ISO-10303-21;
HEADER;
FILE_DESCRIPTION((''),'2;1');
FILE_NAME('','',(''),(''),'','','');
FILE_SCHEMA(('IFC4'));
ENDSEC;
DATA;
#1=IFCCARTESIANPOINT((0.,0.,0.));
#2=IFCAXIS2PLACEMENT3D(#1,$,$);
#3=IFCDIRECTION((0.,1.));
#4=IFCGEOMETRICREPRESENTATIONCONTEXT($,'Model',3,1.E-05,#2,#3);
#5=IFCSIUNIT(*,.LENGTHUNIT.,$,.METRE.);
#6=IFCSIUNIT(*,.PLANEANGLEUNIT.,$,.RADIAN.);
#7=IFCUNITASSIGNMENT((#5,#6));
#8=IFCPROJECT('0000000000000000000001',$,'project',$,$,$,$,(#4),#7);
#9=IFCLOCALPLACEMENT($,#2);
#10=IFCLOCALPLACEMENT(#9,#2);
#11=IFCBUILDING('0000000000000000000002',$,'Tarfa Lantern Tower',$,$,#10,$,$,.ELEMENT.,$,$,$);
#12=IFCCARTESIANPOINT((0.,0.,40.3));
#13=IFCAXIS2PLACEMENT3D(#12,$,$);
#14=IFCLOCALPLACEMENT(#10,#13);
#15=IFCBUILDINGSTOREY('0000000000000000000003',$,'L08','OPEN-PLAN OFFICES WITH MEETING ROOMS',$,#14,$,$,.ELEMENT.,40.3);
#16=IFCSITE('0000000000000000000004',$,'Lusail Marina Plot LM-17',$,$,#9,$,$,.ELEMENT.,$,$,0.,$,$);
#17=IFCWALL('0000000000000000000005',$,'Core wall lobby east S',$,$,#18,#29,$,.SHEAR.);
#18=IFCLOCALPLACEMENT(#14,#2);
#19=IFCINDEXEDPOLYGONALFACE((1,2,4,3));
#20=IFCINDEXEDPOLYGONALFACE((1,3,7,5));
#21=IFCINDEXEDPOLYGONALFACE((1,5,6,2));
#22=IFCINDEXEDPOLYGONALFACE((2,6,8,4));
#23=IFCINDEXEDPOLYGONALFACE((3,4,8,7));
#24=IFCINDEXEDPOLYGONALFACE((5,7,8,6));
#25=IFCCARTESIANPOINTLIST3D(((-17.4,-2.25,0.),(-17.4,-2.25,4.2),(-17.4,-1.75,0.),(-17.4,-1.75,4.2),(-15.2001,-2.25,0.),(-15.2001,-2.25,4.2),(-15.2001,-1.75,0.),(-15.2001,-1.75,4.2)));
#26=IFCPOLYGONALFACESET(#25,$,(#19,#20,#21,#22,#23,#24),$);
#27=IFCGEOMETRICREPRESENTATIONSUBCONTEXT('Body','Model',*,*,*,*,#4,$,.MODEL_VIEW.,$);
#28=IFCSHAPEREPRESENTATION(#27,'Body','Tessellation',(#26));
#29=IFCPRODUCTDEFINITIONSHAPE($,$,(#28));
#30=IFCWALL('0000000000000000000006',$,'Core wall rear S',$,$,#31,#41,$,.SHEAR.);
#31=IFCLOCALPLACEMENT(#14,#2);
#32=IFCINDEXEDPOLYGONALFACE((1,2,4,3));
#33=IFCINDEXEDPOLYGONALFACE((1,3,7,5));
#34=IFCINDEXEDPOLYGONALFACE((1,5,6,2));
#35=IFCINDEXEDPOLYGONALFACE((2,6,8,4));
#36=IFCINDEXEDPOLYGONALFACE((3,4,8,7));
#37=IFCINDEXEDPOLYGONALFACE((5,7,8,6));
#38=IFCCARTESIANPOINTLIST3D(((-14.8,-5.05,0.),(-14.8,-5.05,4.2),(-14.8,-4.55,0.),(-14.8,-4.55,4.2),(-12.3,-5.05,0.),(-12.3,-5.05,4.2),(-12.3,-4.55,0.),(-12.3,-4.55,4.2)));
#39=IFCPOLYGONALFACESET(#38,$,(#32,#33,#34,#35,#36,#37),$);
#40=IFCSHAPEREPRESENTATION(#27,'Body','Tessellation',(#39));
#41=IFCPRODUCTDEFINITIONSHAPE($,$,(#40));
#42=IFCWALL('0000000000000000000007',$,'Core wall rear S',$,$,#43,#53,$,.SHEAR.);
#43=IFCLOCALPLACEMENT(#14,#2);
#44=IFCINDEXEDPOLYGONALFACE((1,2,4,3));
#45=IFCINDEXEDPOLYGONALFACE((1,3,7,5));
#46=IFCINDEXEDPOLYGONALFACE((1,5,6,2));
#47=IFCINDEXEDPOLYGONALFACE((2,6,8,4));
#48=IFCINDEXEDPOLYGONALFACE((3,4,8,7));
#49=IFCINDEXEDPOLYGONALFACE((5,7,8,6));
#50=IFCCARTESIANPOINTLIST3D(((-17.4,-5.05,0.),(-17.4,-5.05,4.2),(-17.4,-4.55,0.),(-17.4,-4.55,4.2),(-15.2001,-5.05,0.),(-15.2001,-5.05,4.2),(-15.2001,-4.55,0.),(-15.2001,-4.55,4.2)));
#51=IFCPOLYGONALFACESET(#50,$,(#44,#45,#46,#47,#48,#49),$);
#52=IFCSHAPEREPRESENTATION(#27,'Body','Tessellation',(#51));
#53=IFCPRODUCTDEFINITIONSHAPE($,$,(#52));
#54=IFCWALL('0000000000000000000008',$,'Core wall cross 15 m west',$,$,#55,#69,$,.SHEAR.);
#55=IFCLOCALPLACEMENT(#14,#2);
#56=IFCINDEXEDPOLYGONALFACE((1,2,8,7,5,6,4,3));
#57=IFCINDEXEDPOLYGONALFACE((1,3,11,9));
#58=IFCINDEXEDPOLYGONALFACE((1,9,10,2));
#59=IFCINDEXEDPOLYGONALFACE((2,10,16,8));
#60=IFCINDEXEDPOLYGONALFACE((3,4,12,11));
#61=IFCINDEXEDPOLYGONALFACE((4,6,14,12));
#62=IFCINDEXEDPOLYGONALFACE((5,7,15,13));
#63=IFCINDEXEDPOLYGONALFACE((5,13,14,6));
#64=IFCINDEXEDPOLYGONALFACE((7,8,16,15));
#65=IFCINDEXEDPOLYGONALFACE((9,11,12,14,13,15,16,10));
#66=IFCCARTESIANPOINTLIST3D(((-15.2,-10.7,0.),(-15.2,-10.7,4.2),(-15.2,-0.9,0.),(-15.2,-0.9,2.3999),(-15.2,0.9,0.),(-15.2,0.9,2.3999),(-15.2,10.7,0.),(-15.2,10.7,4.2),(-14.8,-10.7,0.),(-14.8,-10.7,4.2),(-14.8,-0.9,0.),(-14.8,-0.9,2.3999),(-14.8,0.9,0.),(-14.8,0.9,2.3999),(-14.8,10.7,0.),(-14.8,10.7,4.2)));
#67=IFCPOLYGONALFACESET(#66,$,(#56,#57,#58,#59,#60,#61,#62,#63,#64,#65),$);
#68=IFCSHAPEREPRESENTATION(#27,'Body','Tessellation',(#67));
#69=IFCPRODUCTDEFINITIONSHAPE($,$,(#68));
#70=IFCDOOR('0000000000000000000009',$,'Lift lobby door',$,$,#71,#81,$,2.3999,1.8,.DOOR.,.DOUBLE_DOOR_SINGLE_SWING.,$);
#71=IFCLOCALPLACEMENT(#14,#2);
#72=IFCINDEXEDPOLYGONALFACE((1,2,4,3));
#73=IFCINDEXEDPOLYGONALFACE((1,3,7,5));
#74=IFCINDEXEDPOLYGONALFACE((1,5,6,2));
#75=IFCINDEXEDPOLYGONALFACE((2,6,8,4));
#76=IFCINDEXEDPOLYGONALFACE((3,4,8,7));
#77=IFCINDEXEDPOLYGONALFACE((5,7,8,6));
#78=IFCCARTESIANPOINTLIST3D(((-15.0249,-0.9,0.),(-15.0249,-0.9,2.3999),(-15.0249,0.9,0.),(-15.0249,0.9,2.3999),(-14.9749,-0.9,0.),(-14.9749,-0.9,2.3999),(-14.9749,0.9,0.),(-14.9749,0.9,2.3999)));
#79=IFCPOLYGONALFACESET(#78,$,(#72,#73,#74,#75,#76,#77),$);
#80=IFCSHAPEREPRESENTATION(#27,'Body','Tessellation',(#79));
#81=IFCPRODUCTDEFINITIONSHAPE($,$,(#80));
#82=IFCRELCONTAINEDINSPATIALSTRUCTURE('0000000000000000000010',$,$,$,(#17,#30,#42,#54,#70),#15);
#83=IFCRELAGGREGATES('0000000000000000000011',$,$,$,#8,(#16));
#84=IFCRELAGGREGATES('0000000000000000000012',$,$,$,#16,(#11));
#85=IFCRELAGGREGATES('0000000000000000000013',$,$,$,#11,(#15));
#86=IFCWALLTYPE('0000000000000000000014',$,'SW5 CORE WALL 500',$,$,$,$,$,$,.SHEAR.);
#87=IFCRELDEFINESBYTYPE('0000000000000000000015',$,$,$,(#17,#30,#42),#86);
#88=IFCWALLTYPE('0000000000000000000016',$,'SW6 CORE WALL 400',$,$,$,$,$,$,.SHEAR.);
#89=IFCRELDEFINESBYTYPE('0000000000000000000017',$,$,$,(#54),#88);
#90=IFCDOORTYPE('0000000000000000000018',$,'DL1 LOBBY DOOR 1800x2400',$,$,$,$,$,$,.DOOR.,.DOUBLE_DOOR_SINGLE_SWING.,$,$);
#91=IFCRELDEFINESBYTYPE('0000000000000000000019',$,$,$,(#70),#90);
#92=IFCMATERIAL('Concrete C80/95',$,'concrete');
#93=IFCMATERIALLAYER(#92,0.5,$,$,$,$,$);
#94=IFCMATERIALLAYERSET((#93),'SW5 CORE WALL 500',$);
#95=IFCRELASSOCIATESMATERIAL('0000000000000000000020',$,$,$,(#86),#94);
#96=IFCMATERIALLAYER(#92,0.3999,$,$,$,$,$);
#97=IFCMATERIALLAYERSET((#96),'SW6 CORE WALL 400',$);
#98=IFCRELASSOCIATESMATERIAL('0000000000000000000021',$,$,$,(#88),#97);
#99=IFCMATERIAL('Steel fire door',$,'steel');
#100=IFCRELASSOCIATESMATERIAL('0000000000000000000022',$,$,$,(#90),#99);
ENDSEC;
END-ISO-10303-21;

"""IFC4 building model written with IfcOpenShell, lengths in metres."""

from ifc_helpers import new_model, si_unit, direction, frame, frame_2d, origin, place, context, subcontext, project, spatial, rectangle, extrude, material, layer, layer_set, type_object, element, fill, save


model = new_model("IFC4")

# Units and contexts
model_context = context("Model", 3, precision=1e-05, world=origin(), true_north=direction((0.0, 1.0)))
body_context = subcontext(model_context, "Body", "Model", "MODEL_VIEW")
ifc_project = project(units=[si_unit("LENGTHUNIT", "METRE"), si_unit("PLANEANGLEUNIT", "RADIAN")], contexts=[model_context])

# Site, building, storey
site_placement = place(None, origin())
site = spatial("IfcSite", under=ifc_project, at=site_placement, Name="Lusail Marina Plot LM-17", CompositionType="ELEMENT", RefElevation=0.0)
building_placement = place(site_placement, origin())
building = spatial("IfcBuilding", under=site, at=building_placement, Name="Tarfa Lantern Tower", CompositionType="ELEMENT")
storey_placement = place(building_placement, frame((0.0, 0.0, 40.3)))
storey = spatial("IfcBuildingStorey", under=building, at=storey_placement, Name="L08", Description="OPEN-PLAN OFFICES WITH MEETING ROOMS", CompositionType="ELEMENT", Elevation=40.3)

# Walls
ifc_material_1 = material(Name="Concrete C80/95", Category="concrete")
ifc_layer_1 = layer(ifc_material_1, 0.5)
ifc_layer_set_1 = layer_set([ifc_layer_1], Name="SW5 CORE WALL 500")
wall_type_1 = type_object("IfcWallType", Name="SW5 CORE WALL 500", PredefinedType="SHEAR", material=ifc_layer_set_1)
wall_1_placement = place(storey_placement, frame((-15.2, -2.0, 0.0), z_axis=(0.0, 0.0, 1.0), x_axis=(-1.0, 0.0, 0.0)))
element("IfcWall", 1, at=wall_1_placement, inside=storey, type_object=wall_type_1, Name="Core wall lobby east S", PredefinedType="SHEAR", context=body_context, shape_type="SweptSolid", body=[
    extrude(rectangle(XDim=2.2, YDim=0.5, at=frame_2d((1.1001, 0.0))), origin(), (0.0, 0.0, 1.0), 4.2),
])
wall_2_placement = place(storey_placement, frame((-12.3, -4.8, 0.0), z_axis=(0.0, 0.0, 1.0), x_axis=(-1.0, 0.0, 0.0)))
element("IfcWall", 2, at=wall_2_placement, inside=storey, type_object=wall_type_1, Name="Core wall rear S", PredefinedType="SHEAR", context=body_context, shape_type="SweptSolid", body=[
    extrude(rectangle(XDim=2.5, YDim=0.5, at=frame_2d((1.25, 0.0))), origin(), (0.0, 0.0, 1.0), 4.2),
])
wall_3_placement = place(storey_placement, frame((-15.2, -4.8, 0.0), z_axis=(0.0, 0.0, 1.0), x_axis=(-1.0, 0.0, 0.0)))
element("IfcWall", 3, at=wall_3_placement, inside=storey, type_object=wall_type_1, Name="Core wall rear S", PredefinedType="SHEAR", context=body_context, shape_type="SweptSolid", body=[
    extrude(rectangle(XDim=2.2, YDim=0.5, at=frame_2d((1.1001, 0.0))), origin(), (0.0, 0.0, 1.0), 4.2),
])

# Wall, opening, door
ifc_layer_2 = layer(ifc_material_1, 0.3999)
ifc_layer_set_2 = layer_set([ifc_layer_2], Name="SW6 CORE WALL 400")
wall_type_2 = type_object("IfcWallType", Name="SW6 CORE WALL 400", PredefinedType="SHEAR", material=ifc_layer_set_2)
wall_4_placement = place(storey_placement, frame((-15.0, -10.7, 0.0), z_axis=(0.0, 0.0, 1.0), x_axis=(0.0, 1.0, 0.0)))
wall_4 = element("IfcWall", 4, at=wall_4_placement, inside=storey, type_object=wall_type_2, Name="Core wall cross 15 m west", PredefinedType="SHEAR", context=body_context, shape_type="SweptSolid", body=[
    extrude(rectangle(XDim=21.3999, YDim=0.3999, at=frame_2d((10.7, 0.0))), origin(), (0.0, 0.0, 1.0), 4.2),
])
opening_1_placement = place(wall_4_placement, frame((9.8, 0.0, 0.0)))
opening_1 = element("IfcOpeningElement", 5, at=opening_1_placement, cuts=wall_4, PredefinedType="OPENING", context=body_context, shape_type="SweptSolid", body=[
    extrude(rectangle(XDim=1.8, YDim=2.3999, at=frame_2d((0.8999, 1.2))), frame((0.0, 0.21, 0.0), z_axis=(0.0, -1.0, 0.0), x_axis=(1.0, 0.0, 0.0)), (0.0, 0.0, 1.0), 0.4199),
])
ifc_material_2 = material(Name="Steel fire door", Category="steel")
door_type_1 = type_object("IfcDoorType", Name="DL1 LOBBY DOOR 1800x2400", OperationType="DOUBLE_DOOR_SINGLE_SWING", PredefinedType="DOOR", material=ifc_material_2)
door_1_placement = place(opening_1_placement, origin())
door_1 = element("IfcDoor", 6, at=door_1_placement, inside=storey, type_object=door_type_1, Name="Lift lobby door", OperationType="DOUBLE_DOOR_SINGLE_SWING", OverallHeight=2.3999, OverallWidth=1.8, PredefinedType="DOOR", context=body_context, shape_type="SweptSolid", body=[
    extrude(rectangle(XDim=1.8, YDim=2.3999, at=frame_2d((0.8999, 1.2))), frame((0.0, 0.0249, 0.0), z_axis=(0.0, -1.0, 0.0), x_axis=(1.0, 0.0, 0.0)), (0.0, 0.0, 1.0), 0.05),
])
fill(opening_1, door_1)

save(model, "model.ifc")
